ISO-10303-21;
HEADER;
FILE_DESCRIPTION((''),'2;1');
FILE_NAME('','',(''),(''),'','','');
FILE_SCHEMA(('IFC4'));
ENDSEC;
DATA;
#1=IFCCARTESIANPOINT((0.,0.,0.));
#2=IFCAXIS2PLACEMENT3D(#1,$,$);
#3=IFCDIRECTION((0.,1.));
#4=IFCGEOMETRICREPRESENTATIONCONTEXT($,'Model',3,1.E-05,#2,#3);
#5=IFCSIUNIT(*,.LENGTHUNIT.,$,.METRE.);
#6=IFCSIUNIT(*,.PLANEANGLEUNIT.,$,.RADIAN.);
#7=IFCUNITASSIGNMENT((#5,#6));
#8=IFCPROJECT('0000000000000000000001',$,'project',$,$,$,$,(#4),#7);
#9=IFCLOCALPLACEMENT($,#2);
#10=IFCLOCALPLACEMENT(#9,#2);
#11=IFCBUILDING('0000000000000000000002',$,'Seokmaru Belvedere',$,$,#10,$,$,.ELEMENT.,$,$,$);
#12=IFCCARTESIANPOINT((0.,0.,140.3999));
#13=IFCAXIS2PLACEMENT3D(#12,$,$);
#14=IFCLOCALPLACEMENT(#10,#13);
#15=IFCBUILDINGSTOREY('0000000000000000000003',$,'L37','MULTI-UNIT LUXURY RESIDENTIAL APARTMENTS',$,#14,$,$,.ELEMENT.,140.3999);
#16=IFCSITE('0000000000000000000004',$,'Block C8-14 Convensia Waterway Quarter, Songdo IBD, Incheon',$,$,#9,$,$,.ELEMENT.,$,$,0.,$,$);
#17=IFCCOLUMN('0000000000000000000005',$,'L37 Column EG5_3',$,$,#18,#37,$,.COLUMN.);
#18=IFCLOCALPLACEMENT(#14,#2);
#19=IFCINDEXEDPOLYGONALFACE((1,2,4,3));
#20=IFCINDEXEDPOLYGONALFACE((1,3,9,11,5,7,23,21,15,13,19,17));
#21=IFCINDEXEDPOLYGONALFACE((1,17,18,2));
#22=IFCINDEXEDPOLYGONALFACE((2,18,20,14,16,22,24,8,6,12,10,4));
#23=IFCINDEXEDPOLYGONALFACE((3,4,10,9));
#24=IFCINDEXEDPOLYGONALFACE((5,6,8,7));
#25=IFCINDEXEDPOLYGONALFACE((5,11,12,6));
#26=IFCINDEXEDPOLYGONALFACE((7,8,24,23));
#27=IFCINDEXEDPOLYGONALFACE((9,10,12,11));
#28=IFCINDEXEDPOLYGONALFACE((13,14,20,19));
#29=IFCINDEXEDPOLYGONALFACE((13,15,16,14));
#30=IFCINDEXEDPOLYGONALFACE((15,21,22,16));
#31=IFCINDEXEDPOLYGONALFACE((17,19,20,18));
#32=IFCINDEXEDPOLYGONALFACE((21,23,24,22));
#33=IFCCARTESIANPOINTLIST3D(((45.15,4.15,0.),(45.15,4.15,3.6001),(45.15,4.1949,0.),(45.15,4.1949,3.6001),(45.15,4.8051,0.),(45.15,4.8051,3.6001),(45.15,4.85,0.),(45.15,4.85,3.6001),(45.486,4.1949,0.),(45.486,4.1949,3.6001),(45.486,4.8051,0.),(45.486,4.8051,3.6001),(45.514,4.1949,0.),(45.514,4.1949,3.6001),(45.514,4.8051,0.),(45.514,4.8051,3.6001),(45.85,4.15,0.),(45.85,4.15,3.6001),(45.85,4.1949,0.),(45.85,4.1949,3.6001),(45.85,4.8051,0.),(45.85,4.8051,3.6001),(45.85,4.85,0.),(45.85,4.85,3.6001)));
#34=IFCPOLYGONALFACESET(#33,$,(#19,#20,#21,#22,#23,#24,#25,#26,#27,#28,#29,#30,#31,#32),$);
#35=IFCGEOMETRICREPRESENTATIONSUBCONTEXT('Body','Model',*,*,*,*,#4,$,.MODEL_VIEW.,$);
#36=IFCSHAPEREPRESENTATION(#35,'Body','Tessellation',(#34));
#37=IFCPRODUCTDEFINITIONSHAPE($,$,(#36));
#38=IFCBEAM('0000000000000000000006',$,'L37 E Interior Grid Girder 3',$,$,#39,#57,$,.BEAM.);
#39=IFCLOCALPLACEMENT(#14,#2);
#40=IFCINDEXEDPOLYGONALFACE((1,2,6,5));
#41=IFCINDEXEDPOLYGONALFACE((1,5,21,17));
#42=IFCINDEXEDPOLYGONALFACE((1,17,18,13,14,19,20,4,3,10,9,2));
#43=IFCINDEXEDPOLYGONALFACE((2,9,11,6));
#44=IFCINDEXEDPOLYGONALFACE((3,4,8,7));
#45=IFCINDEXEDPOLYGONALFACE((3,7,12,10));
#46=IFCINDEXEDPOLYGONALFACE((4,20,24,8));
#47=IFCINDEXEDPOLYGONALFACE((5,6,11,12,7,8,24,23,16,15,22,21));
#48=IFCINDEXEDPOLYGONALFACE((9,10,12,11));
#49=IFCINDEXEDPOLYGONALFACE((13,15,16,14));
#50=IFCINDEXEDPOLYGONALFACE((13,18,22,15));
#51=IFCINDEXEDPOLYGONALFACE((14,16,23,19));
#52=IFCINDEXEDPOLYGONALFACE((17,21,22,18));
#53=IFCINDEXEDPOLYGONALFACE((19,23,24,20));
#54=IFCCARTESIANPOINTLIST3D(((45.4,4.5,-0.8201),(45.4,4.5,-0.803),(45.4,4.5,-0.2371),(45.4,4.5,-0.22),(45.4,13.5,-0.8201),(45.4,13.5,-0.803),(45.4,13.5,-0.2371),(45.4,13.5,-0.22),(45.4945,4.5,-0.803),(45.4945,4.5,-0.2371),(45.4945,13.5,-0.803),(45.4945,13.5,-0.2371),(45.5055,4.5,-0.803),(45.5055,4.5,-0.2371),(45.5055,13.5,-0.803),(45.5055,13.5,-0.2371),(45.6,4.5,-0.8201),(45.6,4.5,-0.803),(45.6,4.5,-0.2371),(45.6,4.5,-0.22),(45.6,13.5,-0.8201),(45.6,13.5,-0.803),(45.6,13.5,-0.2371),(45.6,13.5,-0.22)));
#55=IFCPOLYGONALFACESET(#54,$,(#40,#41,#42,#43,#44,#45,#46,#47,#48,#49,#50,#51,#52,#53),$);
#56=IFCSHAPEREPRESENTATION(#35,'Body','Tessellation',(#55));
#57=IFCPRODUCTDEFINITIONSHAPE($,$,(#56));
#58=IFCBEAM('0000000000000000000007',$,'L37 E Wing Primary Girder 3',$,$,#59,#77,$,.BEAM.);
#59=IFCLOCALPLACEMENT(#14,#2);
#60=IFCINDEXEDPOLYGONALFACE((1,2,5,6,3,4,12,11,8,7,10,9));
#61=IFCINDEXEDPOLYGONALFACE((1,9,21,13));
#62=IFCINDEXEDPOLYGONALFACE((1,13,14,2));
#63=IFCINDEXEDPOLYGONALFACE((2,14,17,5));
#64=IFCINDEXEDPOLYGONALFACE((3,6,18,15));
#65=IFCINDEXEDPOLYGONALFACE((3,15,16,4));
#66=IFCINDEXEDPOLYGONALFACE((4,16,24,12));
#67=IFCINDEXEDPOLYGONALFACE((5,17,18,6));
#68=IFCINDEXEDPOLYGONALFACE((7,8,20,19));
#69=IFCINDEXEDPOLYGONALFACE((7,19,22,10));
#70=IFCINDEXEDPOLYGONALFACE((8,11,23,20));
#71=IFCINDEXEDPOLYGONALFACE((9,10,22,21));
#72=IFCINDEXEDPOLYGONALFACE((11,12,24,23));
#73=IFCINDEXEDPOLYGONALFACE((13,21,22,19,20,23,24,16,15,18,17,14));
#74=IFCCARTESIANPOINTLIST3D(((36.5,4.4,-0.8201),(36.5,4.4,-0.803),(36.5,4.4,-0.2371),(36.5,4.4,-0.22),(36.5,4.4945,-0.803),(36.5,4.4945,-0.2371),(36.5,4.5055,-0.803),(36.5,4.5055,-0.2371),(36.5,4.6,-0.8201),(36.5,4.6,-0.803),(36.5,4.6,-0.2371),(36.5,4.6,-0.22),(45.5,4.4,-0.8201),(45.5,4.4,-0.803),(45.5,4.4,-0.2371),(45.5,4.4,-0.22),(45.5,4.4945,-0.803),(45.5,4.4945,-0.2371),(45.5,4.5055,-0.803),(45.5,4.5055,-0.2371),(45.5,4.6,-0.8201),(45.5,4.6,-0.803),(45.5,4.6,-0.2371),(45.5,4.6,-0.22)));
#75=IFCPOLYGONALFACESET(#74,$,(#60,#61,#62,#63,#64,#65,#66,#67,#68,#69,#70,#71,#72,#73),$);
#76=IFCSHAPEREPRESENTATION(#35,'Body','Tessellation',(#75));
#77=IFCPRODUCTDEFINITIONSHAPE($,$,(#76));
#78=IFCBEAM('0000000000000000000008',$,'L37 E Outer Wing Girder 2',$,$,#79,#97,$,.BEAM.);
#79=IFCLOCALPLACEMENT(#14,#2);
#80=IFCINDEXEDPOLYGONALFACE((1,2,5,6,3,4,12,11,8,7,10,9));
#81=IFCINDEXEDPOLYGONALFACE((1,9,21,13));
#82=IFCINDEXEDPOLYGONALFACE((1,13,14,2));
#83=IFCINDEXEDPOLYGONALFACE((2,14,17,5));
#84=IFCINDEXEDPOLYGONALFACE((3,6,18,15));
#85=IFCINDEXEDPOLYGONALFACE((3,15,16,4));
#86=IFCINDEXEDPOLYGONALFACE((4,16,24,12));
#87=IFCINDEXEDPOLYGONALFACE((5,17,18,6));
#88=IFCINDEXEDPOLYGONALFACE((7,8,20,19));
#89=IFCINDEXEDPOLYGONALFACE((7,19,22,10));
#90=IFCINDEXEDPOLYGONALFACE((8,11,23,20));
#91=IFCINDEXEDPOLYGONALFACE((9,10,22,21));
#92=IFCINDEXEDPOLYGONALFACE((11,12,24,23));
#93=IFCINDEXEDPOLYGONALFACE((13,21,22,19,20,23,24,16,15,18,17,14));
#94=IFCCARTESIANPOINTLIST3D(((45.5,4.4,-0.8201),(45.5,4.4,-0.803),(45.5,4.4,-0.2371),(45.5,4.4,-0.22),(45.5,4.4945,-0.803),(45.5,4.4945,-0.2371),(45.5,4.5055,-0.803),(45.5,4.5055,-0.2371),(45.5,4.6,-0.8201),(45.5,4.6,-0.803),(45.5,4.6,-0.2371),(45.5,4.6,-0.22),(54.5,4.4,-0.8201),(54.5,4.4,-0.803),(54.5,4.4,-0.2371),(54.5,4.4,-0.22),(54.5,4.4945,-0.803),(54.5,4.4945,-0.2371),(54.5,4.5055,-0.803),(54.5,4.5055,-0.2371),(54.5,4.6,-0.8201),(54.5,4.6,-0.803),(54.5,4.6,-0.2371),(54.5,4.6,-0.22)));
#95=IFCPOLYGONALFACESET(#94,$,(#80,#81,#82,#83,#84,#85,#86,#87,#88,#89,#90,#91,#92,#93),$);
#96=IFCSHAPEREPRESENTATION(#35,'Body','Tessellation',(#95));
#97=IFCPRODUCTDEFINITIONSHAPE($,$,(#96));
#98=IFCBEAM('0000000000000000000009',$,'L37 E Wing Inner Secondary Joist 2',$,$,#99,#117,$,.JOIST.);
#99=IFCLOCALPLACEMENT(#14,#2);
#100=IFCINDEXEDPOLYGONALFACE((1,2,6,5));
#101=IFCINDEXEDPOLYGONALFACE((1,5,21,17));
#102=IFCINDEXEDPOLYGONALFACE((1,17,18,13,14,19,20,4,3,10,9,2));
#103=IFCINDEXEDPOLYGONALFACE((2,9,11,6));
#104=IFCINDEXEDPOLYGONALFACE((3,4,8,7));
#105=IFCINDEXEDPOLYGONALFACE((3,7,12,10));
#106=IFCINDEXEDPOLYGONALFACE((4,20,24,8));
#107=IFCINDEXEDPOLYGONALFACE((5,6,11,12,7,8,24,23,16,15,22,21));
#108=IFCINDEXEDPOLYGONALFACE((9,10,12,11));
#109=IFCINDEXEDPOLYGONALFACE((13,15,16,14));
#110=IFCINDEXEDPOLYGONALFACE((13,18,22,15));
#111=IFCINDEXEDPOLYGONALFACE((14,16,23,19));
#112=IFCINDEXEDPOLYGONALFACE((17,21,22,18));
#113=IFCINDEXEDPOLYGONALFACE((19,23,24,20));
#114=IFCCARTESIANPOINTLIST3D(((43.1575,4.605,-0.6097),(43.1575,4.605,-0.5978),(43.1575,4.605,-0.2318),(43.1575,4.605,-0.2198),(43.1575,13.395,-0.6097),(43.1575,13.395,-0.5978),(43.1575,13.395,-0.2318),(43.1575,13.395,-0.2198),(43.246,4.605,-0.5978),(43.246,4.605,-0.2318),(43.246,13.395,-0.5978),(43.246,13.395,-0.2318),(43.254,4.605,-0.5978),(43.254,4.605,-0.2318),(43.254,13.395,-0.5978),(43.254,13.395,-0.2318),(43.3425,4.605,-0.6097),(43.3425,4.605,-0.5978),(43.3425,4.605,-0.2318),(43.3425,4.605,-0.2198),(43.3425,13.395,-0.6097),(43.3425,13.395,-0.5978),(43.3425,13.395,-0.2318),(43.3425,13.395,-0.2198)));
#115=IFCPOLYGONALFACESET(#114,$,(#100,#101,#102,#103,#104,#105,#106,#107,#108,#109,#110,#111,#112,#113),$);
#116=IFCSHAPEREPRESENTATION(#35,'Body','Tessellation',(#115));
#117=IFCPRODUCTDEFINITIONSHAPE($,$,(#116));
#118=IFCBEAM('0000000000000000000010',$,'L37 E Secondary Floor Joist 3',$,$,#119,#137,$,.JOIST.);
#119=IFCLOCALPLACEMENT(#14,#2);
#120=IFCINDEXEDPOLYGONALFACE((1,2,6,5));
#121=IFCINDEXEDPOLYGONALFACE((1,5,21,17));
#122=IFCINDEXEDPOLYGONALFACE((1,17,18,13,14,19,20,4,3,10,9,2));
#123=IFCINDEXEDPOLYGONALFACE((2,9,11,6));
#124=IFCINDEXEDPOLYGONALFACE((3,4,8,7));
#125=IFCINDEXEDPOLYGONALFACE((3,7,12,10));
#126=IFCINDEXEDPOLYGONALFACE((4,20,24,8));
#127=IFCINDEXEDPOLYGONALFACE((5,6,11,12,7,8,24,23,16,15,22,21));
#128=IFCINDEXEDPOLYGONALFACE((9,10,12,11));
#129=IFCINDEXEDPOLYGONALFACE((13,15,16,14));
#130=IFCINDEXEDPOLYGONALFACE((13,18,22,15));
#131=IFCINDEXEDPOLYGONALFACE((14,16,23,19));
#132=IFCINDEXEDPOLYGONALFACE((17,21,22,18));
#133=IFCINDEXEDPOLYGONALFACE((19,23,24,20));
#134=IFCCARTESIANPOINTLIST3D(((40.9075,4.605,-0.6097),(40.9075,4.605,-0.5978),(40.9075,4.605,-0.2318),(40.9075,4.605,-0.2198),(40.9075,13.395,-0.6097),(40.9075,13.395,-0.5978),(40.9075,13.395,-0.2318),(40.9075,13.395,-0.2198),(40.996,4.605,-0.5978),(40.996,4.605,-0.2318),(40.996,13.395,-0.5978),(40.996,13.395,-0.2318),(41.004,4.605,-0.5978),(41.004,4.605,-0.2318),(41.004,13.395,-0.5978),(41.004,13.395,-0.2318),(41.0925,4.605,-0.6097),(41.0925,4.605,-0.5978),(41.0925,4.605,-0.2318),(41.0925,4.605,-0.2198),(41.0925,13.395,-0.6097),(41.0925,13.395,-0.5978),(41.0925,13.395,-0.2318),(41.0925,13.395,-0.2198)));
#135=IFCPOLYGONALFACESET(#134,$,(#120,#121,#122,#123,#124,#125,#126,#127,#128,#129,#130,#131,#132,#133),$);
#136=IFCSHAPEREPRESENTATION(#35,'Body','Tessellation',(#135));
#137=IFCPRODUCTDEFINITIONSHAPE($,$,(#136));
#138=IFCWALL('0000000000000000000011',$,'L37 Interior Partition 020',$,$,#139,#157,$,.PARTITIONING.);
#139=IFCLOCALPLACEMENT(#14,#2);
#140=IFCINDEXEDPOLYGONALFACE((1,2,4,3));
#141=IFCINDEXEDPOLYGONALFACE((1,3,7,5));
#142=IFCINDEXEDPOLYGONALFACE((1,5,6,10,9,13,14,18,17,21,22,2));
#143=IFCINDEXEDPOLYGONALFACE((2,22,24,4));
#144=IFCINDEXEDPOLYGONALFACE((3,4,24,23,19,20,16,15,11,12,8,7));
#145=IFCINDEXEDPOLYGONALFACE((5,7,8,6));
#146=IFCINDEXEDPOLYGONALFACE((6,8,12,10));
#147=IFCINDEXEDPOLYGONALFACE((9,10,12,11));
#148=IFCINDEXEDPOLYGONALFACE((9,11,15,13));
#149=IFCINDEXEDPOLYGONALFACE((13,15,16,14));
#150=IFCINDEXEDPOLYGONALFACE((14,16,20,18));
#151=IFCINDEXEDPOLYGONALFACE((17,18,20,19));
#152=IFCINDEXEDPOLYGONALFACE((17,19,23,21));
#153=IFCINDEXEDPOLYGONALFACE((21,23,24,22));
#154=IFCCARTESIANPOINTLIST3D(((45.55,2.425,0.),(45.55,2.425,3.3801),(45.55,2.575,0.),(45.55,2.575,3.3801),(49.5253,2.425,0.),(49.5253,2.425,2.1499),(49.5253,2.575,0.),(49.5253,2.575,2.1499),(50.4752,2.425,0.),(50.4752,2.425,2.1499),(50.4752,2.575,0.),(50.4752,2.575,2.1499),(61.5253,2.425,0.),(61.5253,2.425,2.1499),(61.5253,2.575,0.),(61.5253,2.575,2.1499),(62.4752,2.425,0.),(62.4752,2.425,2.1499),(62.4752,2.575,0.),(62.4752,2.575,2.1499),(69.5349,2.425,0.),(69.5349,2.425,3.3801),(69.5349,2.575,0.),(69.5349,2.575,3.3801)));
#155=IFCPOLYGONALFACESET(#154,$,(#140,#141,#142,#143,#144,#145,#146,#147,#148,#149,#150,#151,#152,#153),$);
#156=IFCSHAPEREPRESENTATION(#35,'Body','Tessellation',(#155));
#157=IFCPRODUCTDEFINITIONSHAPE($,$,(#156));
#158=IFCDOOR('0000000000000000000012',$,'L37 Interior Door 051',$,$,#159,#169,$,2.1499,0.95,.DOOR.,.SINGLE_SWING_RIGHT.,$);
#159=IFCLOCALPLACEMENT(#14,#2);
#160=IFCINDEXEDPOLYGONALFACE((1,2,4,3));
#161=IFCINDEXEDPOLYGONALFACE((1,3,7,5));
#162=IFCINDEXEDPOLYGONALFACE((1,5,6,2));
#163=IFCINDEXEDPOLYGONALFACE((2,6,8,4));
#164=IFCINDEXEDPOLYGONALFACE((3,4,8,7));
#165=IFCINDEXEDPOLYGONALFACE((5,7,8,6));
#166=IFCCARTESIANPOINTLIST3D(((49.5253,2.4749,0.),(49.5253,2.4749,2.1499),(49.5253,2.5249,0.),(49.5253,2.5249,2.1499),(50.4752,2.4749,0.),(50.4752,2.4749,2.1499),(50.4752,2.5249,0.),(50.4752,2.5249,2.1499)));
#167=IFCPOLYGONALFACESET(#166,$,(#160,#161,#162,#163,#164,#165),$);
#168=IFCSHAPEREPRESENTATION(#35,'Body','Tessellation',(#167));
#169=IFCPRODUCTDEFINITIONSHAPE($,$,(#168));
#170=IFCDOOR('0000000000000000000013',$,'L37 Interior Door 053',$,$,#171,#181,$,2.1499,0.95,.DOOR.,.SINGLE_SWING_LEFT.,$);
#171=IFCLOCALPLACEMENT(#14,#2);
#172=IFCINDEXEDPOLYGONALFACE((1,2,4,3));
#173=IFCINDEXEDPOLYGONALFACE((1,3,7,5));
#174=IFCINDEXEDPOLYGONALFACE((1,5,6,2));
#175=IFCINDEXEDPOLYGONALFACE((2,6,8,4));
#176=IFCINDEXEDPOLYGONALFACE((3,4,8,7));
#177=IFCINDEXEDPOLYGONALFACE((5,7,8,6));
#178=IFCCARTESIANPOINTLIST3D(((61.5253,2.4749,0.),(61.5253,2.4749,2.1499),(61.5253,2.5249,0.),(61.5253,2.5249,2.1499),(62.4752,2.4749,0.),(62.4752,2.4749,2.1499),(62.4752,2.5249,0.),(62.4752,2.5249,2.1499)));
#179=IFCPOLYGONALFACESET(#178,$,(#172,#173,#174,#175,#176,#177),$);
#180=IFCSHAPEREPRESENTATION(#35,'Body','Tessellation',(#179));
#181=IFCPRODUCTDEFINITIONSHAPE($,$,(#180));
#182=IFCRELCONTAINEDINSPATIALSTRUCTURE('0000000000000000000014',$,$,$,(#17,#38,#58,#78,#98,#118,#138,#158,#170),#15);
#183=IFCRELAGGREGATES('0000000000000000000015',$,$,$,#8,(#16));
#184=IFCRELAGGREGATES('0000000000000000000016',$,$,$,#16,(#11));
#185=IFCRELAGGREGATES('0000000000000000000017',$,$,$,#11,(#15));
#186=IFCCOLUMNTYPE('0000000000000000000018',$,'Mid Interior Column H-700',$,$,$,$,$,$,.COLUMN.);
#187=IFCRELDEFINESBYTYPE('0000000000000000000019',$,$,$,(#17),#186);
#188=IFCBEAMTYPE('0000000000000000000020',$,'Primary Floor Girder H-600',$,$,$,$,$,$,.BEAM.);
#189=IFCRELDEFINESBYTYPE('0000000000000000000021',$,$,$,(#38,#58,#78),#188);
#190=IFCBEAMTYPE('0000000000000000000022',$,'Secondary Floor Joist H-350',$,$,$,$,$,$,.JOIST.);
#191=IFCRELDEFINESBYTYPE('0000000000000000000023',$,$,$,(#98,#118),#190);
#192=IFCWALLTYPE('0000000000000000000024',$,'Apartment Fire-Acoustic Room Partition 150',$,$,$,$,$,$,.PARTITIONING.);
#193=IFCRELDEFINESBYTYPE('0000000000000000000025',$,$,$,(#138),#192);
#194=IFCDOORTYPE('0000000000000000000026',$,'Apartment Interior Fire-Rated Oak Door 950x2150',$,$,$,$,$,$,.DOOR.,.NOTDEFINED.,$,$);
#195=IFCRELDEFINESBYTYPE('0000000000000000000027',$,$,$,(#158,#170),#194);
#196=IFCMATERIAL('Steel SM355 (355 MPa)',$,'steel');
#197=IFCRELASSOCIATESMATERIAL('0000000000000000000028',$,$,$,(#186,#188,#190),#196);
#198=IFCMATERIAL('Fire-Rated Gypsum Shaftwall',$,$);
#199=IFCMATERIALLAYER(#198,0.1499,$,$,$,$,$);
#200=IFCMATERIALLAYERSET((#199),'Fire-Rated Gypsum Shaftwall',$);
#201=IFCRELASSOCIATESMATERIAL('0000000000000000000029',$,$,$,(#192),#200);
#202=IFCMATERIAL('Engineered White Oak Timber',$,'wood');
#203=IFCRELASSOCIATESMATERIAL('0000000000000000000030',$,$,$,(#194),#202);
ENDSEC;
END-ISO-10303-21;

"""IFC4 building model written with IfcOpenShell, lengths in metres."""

from ifc_helpers import new_model, si_unit, direction, frame, frame_2d, origin, origin_2d, place, context, subcontext, project, spatial, rectangle, i_section, extrude, source, transform, mapped, material, layer, layer_set, material_profile, profile_set, type_object, type_shapes, element, fill, save


model = new_model("IFC4")

# Units and contexts
model_context = context("Model", 3, precision=1e-05, world=origin(), true_north=direction((0.0, 1.0)))
body_context = subcontext(model_context, "Body", "Model", "MODEL_VIEW")
ifc_project = project(units=[si_unit("LENGTHUNIT", "METRE"), si_unit("PLANEANGLEUNIT", "RADIAN")], contexts=[model_context])

# Site, building, storey
site_placement = place(None, origin())
site = spatial("IfcSite", under=ifc_project, at=site_placement, Name="Block C8-14 Convensia Waterway Quarter, Songdo IBD, Incheon", CompositionType="ELEMENT", RefElevation=0.0)
building_placement = place(site_placement, origin())
building = spatial("IfcBuilding", under=site, at=building_placement, Name="Seokmaru Belvedere", CompositionType="ELEMENT")
storey_placement = place(building_placement, frame((0.0, 0.0, 140.3999)))
storey = spatial("IfcBuildingStorey", under=building, at=storey_placement, Name="L37", Description="MULTI-UNIT LUXURY RESIDENTIAL APARTMENTS", CompositionType="ELEMENT", Elevation=140.3999)

# Column
ifc_material_1 = material(Name="Steel SM355 (355 MPa)", Category="steel")
ifc_material_profile_1 = material_profile(ifc_material_1, i_section(OverallWidth=0.7, OverallDepth=0.7, WebThickness=0.0281, FlangeThickness=0.0449, at=origin_2d()), Name="H-700x700x28x45")
ifc_profile_set_1 = profile_set([ifc_material_profile_1], Name="Steel SM355 (355 MPa)")
column_type = type_object("IfcColumnType", Name="Mid Interior Column H-700", PredefinedType="COLUMN", material=ifc_profile_set_1)
shared_shape_1 = source(origin(), body_context, "Body", "SweptSolid", [
    extrude(i_section(OverallWidth=0.7, OverallDepth=0.7, WebThickness=0.0281, FlangeThickness=0.0449, at=origin_2d()), origin(), (0.0, 0.0, 1.0), 3.6001),
])
type_shapes(column_type, [shared_shape_1])
column_placement = place(storey_placement, frame((45.5, 4.5, 0.0), z_axis=(0.0, 0.0, 1.0), x_axis=(1.0, 0.0, 0.0)))
element("IfcColumn", 1, at=column_placement, inside=storey, type_object=column_type, Name="L37 Column EG5_3", PredefinedType="COLUMN", context=body_context, shape_type="MappedRepresentation", body=[
    mapped(shared_shape_1, transform((0.0, 0.0, 0.0), scale=1.0)),
])

# Beams
ifc_material_profile_2 = material_profile(ifc_material_1, i_section(OverallWidth=0.2, OverallDepth=0.6001, WebThickness=0.011, FlangeThickness=0.0171, at=origin_2d()), Name="H-600x200x11x17")
ifc_profile_set_2 = profile_set([ifc_material_profile_2], Name="Steel SM355 (355 MPa)")
beam_type_1 = type_object("IfcBeamType", Name="Primary Floor Girder H-600", PredefinedType="BEAM", material=ifc_profile_set_2)
shared_shape_2 = source(origin(), body_context, "Body", "SweptSolid", [
    extrude(i_section(OverallWidth=0.2, OverallDepth=0.6001, WebThickness=0.011, FlangeThickness=0.0171, at=origin_2d()), origin(), (0.0, 0.0, 1.0), 9.0),
])
type_shapes(beam_type_1, [shared_shape_2])
for number, where, z_axis, x_axis, name in (
    (2, (45.5, 4.5, -0.52), (0.0, 1.0, 0.0), (-1.0, 0.0, 0.0), "L37 E Interior Grid Girder 3"),
    (3, (36.5, 4.5, -0.52), (1.0, 0.0, 0.0), (0.0, 1.0, 0.0), "L37 E Wing Primary Girder 3"),
    (4, (45.5, 4.5, -0.52), (1.0, 0.0, 0.0), (0.0, 1.0, 0.0), "L37 E Outer Wing Girder 2"),
):
    element("IfcBeam", number, at=place(storey_placement, frame(where, z_axis=z_axis, x_axis=x_axis)), inside=storey, type_object=beam_type_1, Name=name, PredefinedType="BEAM", context=body_context, shape_type="MappedRepresentation", body=[
        mapped(shared_shape_2, transform((0.0, 0.0, 0.0), scale=1.0)),
    ])
ifc_material_profile_3 = material_profile(ifc_material_1, i_section(OverallWidth=0.1851, OverallDepth=0.3899, WebThickness=0.0081, FlangeThickness=0.012, at=origin_2d()), Name="H-390x185x8x12")
ifc_profile_set_3 = profile_set([ifc_material_profile_3], Name="Steel SM355 (355 MPa)")
beam_type_2 = type_object("IfcBeamType", Name="Secondary Floor Joist H-350", PredefinedType="JOIST", material=ifc_profile_set_3)
shared_shape_3 = source(origin(), body_context, "Body", "SweptSolid", [
    extrude(i_section(OverallWidth=0.1851, OverallDepth=0.3899, WebThickness=0.0081, FlangeThickness=0.012, at=origin_2d()), origin(), (0.0, 0.0, 1.0), 8.79),
])
type_shapes(beam_type_2, [shared_shape_3])
for number, where, z_axis, x_axis, name in (
    (5, (43.25, 4.605, -0.4148), (0.0, 1.0, 0.0), (-1.0, 0.0, 0.0), "L37 E Wing Inner Secondary Joist 2"),
    (6, (41.0, 4.605, -0.4148), (0.0, 1.0, 0.0), (-1.0, 0.0, 0.0), "L37 E Secondary Floor Joist 3"),
):
    element("IfcBeam", number, at=place(storey_placement, frame(where, z_axis=z_axis, x_axis=x_axis)), inside=storey, type_object=beam_type_2, Name=name, PredefinedType="JOIST", context=body_context, shape_type="MappedRepresentation", body=[
        mapped(shared_shape_3, transform((0.0, 0.0, 0.0), scale=1.0)),
    ])

# Wall, openings, doors
ifc_material_2 = material(Name="Fire-Rated Gypsum Shaftwall")
ifc_layer_1 = layer(ifc_material_2, 0.1499)
ifc_layer_set_1 = layer_set([ifc_layer_1], Name="Fire-Rated Gypsum Shaftwall")
wall_type_1 = type_object("IfcWallType", Name="Apartment Fire-Acoustic Room Partition 150", PredefinedType="PARTITIONING", material=ifc_layer_set_1)
wall_1_placement = place(storey_placement, frame((45.55, 2.5, 0.0), z_axis=(0.0, 0.0, 1.0), x_axis=(1.0, 0.0, 0.0)))
wall_1 = element("IfcWall", 7, at=wall_1_placement, inside=storey, type_object=wall_type_1, Name="L37 Interior Partition 020", PredefinedType="PARTITIONING", context=body_context, shape_type="SweptSolid", body=[
    extrude(rectangle(XDim=23.9849, YDim=0.1499, at=frame_2d((11.9924, 0.0))), origin(), (0.0, 0.0, 1.0), 3.3801),
])
opening_1_placement = place(wall_1_placement, frame((3.9751, 0.0, 0.0)))
opening_1 = element("IfcOpeningElement", 8, at=opening_1_placement, cuts=wall_1, PredefinedType="OPENING", context=body_context, shape_type="SweptSolid", body=[
    extrude(rectangle(XDim=0.95, YDim=2.1499, at=frame_2d((0.4751, 1.075))), frame((0.0, 0.085, 0.0), z_axis=(0.0, -1.0, 0.0), x_axis=(1.0, 0.0, 0.0)), (0.0, 0.0, 1.0), 0.1699),
])
opening_2_placement = place(wall_1_placement, frame((15.9751, 0.0, 0.0)))
opening_2 = element("IfcOpeningElement", 9, at=opening_2_placement, cuts=wall_1, PredefinedType="OPENING", context=body_context, shape_type="SweptSolid", body=[
    extrude(rectangle(XDim=0.95, YDim=2.1499, at=frame_2d((0.4751, 1.075))), frame((0.0, 0.085, 0.0), z_axis=(0.0, -1.0, 0.0), x_axis=(1.0, 0.0, 0.0)), (0.0, 0.0, 1.0), 0.1699),
])
ifc_material_3 = material(Name="Engineered White Oak Timber", Category="wood")
door_type_1 = type_object("IfcDoorType", Name="Apartment Interior Fire-Rated Oak Door 950x2150", OperationType="NOTDEFINED", PredefinedType="DOOR", material=ifc_material_3)
shared_shape_4 = source(origin(), body_context, "Body", "SweptSolid", [
    extrude(rectangle(XDim=0.95, YDim=2.1499, at=frame_2d((0.4751, 1.075))), frame((0.0, 0.0249, 0.0), z_axis=(0.0, -1.0, 0.0), x_axis=(1.0, 0.0, 0.0)), (0.0, 0.0, 1.0), 0.05),
])
type_shapes(door_type_1, [shared_shape_4])
door_1_placement = place(opening_1_placement, origin())
door_1 = element("IfcDoor", 10, at=door_1_placement, inside=storey, type_object=door_type_1, Name="L37 Interior Door 051", OperationType="SINGLE_SWING_RIGHT", OverallHeight=2.1499, OverallWidth=0.95, PredefinedType="DOOR", context=body_context, shape_type="MappedRepresentation", body=[
    mapped(shared_shape_4, transform((0.0, 0.0, 0.0), scale=1.0)),
])
fill(opening_1, door_1)
door_2_placement = place(opening_2_placement, origin())
door_2 = element("IfcDoor", 11, at=door_2_placement, inside=storey, type_object=door_type_1, Name="L37 Interior Door 053", OperationType="SINGLE_SWING_LEFT", OverallHeight=2.1499, OverallWidth=0.95, PredefinedType="DOOR", context=body_context, shape_type="MappedRepresentation", body=[
    mapped(shared_shape_4, transform((0.0, 0.0, 0.0), scale=1.0)),
])
fill(opening_2, door_2)

save(model, "model.ifc")
